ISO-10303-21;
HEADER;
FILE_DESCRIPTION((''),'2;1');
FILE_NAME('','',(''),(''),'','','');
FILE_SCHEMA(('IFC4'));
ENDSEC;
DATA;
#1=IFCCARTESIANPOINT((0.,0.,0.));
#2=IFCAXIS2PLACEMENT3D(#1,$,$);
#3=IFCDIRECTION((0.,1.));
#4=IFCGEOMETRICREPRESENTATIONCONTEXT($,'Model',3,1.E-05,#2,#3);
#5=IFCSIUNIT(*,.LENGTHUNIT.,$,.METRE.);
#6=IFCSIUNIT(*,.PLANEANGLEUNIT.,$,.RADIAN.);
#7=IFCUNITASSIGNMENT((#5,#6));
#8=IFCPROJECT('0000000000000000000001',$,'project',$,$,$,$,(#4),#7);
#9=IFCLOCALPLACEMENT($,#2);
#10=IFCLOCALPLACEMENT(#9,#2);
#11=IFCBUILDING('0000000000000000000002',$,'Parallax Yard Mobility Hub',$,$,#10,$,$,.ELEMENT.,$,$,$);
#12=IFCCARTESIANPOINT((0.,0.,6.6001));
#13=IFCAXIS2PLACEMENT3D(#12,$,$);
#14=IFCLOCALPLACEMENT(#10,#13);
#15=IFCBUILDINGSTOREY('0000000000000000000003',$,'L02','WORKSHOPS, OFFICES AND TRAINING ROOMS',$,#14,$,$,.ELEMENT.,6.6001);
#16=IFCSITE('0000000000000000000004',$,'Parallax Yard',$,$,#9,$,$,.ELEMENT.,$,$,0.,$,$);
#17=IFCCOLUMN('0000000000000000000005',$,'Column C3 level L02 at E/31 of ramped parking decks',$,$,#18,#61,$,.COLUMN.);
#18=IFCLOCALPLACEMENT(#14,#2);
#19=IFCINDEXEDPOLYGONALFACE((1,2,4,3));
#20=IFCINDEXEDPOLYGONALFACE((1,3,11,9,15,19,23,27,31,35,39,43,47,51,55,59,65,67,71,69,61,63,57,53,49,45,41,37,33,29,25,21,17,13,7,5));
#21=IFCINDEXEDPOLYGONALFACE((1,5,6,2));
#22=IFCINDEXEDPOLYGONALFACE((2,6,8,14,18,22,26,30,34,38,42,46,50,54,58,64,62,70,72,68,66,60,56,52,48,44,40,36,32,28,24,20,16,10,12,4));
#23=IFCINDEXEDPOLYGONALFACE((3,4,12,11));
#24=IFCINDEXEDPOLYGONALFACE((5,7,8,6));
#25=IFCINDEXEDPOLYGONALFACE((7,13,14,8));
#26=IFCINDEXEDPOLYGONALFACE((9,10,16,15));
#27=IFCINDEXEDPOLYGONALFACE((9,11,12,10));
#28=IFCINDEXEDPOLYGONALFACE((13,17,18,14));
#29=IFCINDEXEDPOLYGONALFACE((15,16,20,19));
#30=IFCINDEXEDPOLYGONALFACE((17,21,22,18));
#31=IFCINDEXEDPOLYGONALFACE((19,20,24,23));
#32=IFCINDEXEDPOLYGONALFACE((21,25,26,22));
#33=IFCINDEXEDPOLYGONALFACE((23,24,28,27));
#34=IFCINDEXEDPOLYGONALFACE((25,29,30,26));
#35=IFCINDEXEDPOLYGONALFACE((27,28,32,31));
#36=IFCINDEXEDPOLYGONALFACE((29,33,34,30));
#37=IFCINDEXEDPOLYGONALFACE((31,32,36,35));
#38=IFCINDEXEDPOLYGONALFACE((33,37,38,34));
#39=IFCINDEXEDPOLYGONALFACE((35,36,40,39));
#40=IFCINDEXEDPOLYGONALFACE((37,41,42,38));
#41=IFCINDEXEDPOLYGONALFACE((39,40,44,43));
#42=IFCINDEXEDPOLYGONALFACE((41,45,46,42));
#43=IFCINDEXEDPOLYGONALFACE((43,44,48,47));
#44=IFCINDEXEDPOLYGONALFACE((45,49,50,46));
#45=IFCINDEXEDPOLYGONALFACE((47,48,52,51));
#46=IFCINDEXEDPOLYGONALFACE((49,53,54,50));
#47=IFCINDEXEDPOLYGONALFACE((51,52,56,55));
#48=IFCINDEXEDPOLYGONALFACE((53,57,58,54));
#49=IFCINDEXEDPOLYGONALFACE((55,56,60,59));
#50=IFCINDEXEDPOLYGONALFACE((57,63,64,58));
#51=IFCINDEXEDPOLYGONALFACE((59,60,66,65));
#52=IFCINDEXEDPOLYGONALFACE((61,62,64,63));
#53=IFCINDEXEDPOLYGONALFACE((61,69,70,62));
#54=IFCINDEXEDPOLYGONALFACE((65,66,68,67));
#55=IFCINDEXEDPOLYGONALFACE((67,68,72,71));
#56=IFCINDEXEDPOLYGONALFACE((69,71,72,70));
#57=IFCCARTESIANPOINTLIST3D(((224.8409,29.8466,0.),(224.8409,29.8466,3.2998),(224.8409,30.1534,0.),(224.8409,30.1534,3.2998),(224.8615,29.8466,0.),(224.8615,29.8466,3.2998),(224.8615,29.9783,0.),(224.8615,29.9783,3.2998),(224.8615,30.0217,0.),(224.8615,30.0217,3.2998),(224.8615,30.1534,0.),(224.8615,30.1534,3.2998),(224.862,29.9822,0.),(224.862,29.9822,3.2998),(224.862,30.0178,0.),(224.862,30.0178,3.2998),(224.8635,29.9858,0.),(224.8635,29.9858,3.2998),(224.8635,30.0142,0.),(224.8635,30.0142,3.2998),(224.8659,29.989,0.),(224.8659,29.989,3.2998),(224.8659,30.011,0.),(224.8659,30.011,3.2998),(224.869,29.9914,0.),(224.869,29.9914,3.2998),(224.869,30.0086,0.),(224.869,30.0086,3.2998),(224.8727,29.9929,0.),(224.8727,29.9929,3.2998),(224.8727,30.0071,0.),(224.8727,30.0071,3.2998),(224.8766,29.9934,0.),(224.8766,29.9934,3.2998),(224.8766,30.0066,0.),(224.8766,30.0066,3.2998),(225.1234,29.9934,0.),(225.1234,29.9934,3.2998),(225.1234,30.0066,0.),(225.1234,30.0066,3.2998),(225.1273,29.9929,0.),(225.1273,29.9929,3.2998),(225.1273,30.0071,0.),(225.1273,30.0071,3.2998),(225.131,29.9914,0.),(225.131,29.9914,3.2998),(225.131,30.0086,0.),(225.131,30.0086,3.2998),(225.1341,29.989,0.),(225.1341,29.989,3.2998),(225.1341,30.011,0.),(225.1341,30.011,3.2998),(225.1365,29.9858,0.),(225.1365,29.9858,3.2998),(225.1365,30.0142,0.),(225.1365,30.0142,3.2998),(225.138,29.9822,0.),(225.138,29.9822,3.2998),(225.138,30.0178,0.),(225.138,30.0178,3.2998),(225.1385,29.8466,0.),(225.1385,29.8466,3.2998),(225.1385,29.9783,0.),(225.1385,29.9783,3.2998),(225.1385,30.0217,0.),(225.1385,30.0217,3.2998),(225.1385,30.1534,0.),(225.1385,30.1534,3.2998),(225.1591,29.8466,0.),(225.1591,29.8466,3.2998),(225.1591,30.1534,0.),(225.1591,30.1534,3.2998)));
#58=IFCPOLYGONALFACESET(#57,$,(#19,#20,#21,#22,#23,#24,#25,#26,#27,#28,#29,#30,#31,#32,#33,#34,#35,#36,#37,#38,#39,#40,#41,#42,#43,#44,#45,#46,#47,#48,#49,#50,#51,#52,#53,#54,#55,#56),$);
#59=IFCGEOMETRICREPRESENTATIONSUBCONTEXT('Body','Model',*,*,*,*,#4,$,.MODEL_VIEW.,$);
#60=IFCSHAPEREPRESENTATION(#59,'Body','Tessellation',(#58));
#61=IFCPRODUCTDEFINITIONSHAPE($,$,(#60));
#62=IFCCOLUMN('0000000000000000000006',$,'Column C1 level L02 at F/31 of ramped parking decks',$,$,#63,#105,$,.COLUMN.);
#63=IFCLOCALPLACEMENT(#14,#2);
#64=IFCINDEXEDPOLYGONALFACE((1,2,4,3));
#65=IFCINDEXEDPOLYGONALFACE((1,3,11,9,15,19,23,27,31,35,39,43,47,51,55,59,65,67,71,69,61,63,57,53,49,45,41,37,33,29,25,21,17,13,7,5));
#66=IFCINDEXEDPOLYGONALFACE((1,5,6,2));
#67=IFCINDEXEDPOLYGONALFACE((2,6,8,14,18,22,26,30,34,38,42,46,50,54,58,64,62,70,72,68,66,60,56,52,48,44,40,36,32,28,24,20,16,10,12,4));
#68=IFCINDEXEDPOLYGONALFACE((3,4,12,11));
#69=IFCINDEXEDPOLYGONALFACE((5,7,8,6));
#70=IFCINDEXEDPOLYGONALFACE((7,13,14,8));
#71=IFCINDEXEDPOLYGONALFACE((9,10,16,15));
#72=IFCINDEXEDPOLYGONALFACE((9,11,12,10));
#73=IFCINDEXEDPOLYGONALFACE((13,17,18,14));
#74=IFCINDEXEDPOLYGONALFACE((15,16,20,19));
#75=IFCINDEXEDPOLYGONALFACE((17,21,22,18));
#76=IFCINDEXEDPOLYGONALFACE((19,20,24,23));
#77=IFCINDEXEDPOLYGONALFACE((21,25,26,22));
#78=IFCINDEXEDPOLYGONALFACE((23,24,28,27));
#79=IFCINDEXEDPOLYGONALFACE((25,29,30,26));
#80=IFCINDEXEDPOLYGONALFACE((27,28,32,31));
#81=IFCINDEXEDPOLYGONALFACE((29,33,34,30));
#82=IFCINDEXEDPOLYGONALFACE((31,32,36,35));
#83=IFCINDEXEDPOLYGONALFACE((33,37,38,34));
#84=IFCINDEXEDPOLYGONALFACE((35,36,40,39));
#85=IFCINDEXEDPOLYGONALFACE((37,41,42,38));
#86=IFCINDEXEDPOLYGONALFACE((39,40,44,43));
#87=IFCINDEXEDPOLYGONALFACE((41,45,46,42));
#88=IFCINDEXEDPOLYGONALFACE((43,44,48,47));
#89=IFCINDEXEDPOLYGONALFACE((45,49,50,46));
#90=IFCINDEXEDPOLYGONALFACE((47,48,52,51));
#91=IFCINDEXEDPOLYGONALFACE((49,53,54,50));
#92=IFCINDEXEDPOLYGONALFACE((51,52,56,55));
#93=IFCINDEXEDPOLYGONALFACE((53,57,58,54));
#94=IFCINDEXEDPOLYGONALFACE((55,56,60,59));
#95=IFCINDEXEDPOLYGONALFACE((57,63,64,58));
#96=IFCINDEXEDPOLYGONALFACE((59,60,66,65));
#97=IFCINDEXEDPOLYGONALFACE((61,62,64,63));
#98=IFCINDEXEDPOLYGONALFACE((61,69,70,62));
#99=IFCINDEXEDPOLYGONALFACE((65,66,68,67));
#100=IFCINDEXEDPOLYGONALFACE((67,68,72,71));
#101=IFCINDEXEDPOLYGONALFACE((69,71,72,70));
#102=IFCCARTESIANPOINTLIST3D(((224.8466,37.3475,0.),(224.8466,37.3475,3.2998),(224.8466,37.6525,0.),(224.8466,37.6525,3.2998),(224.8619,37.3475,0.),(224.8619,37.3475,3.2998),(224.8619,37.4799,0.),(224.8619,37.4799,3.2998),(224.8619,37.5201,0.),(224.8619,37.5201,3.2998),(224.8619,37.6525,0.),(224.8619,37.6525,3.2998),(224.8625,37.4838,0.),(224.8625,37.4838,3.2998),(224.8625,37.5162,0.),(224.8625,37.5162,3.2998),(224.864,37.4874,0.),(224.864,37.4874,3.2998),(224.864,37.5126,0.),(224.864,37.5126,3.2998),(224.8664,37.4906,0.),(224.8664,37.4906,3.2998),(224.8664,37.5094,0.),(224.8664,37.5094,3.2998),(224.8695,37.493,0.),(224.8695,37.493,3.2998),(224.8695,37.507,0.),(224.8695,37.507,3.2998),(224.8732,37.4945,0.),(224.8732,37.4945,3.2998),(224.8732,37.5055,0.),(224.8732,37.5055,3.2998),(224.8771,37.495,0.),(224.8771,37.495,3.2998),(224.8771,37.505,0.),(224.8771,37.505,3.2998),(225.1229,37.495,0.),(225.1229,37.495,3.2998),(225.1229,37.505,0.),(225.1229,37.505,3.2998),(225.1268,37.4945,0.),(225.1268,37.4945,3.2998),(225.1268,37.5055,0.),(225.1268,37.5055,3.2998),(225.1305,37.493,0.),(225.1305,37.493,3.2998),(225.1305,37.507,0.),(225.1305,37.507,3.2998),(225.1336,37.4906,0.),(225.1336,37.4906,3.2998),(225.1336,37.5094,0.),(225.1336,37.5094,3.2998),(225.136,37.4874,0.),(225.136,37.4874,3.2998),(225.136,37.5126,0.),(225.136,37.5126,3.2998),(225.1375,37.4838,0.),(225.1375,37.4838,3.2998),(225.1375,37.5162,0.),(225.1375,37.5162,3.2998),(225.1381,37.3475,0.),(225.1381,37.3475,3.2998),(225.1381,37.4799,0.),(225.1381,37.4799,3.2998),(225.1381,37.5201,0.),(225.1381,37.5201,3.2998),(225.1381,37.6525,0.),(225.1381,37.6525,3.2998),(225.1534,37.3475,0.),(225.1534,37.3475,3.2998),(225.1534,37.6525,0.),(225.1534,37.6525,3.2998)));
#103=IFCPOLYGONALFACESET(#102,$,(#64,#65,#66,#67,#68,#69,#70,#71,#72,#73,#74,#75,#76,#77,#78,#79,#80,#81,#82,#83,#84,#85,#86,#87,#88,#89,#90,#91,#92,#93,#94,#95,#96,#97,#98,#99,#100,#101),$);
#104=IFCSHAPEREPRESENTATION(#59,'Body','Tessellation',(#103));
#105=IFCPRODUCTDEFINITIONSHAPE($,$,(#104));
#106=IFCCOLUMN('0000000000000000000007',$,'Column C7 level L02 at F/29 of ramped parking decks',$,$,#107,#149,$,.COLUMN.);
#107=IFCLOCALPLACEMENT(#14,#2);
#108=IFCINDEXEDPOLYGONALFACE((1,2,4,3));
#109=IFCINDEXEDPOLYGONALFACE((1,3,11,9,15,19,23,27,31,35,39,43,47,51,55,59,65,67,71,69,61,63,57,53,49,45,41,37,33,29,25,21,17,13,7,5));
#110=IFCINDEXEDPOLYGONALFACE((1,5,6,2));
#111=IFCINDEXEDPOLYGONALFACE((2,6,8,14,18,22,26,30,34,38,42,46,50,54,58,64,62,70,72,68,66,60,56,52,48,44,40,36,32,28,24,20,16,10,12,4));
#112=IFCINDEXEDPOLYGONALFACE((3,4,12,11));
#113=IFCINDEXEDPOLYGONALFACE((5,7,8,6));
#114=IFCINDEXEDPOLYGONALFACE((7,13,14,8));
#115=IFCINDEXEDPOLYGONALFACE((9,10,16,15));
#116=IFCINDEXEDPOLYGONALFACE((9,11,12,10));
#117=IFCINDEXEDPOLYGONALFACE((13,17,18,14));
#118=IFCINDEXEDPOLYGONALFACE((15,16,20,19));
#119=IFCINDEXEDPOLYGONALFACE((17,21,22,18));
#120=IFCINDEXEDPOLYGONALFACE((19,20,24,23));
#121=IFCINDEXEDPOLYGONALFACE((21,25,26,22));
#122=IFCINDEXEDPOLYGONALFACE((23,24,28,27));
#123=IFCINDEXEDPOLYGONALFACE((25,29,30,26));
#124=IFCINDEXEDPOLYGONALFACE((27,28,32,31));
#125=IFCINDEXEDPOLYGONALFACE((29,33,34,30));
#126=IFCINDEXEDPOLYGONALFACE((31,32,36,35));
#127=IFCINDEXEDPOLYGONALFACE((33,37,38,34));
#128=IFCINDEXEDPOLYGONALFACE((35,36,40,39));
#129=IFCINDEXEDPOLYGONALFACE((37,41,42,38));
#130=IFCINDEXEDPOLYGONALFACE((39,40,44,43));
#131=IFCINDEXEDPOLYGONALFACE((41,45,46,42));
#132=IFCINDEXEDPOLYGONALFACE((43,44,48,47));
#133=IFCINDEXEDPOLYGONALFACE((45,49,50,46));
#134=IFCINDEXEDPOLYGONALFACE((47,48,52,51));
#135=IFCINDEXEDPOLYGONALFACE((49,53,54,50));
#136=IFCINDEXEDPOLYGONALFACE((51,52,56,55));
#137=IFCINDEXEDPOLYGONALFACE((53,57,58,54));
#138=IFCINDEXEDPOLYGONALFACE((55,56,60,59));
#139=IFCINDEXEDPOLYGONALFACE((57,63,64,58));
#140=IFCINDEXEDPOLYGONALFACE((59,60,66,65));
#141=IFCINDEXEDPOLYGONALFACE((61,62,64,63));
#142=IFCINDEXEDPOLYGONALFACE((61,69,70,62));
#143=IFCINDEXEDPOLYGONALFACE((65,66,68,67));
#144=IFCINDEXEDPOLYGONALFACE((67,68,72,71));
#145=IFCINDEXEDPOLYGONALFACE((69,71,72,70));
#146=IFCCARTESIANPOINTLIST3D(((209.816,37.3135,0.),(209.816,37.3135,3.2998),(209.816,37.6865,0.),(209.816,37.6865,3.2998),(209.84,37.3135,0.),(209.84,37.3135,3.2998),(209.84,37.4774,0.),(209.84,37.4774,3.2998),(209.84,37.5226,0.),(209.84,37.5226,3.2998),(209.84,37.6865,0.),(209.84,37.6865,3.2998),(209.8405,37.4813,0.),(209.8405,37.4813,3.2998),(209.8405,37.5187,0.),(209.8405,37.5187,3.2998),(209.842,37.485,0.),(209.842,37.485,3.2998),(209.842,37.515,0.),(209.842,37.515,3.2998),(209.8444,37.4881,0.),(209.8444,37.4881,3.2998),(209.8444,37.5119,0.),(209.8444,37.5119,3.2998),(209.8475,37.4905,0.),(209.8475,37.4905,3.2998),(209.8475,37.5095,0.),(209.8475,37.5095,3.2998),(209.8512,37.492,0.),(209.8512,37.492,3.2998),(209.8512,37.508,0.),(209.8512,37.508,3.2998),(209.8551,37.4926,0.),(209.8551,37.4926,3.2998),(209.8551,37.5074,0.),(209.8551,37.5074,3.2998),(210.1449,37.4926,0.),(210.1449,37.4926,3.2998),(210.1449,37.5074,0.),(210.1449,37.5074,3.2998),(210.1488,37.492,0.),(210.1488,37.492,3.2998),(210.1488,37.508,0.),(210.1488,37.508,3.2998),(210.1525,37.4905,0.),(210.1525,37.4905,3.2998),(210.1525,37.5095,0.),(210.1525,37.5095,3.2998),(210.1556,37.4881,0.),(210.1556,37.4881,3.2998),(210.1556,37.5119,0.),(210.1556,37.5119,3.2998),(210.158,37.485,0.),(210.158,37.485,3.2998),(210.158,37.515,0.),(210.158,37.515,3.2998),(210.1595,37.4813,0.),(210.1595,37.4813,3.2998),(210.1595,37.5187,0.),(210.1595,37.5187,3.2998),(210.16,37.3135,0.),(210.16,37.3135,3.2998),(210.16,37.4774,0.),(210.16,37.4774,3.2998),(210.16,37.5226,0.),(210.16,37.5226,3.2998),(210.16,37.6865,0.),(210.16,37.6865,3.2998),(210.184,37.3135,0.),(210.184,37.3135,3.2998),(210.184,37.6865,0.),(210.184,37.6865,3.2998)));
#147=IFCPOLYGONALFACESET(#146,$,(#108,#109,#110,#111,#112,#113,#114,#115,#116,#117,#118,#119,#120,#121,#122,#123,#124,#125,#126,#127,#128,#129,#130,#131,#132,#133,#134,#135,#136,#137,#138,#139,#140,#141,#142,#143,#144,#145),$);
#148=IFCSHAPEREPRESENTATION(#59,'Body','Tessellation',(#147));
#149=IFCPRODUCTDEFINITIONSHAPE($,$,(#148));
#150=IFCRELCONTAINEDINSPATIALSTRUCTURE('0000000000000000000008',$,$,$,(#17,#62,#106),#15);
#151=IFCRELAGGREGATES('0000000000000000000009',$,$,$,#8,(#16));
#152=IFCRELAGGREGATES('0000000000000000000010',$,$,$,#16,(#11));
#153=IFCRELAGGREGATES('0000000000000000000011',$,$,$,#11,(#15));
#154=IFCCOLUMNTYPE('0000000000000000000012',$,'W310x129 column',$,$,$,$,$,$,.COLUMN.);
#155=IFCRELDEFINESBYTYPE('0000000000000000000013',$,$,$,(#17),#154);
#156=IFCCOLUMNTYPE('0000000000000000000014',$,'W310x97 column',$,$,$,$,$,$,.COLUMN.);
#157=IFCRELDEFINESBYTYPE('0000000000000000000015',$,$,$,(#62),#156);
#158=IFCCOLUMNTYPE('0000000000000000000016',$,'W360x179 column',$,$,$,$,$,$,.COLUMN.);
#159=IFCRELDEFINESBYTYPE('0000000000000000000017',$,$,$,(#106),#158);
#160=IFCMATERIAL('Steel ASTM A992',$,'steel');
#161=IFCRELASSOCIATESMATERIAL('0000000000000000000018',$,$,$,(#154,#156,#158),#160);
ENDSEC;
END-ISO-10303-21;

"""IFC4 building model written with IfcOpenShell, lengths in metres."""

from ifc_helpers import new_model, si_unit, direction, frame, origin, origin_2d, place, context, subcontext, project, spatial, i_section, extrude, material, material_profile, profile_set, type_object, element, save


model = new_model("IFC4")

# Units and contexts
model_context = context("Model", 3, precision=1e-05, world=origin(), true_north=direction((0.0, 1.0)))
body_context = subcontext(model_context, "Body", "Model", "MODEL_VIEW")
ifc_project = project(units=[si_unit("LENGTHUNIT", "METRE"), si_unit("PLANEANGLEUNIT", "RADIAN")], contexts=[model_context])

# Site, building, storey
site_placement = place(None, origin())
site = spatial("IfcSite", under=ifc_project, at=site_placement, Name="Parallax Yard", CompositionType="ELEMENT", RefElevation=0.0)
building_placement = place(site_placement, origin())
building = spatial("IfcBuilding", under=site, at=building_placement, Name="Parallax Yard Mobility Hub", CompositionType="ELEMENT")
storey_placement = place(building_placement, frame((0.0, 0.0, 6.6001)))
storey = spatial("IfcBuildingStorey", under=building, at=storey_placement, Name="L02", Description="WORKSHOPS, OFFICES AND TRAINING ROOMS", CompositionType="ELEMENT", Elevation=6.6001)

# Columns
ifc_material_1 = material(Name="Steel ASTM A992", Category="steel")
ifc_material_profile_1 = material_profile(ifc_material_1, i_section(OverallWidth=0.3069, OverallDepth=0.3181, WebThickness=0.0132, FlangeThickness=0.0205, FilletRadius=0.0151, at=origin_2d()), Name="W310x129")
ifc_profile_set_1 = profile_set([ifc_material_profile_1], Name="Steel ASTM A992")
column_type_1 = type_object("IfcColumnType", Name="W310x129 column", PredefinedType="COLUMN", material=ifc_profile_set_1)
column_1_placement = place(storey_placement, frame((225.0, 30.0, 0.0), z_axis=(0.0, 0.0, 1.0), x_axis=(0.0, 1.0, 0.0)))
element("IfcColumn", 1, at=column_1_placement, inside=storey, type_object=column_type_1, Name="Column C3 level L02 at E/31 of ramped parking decks", PredefinedType="COLUMN", context=body_context, shape_type="SweptSolid", body=[
    extrude(i_section(OverallWidth=0.3069, OverallDepth=0.3181, WebThickness=0.0132, FlangeThickness=0.0205, FilletRadius=0.0151, at=origin_2d()), origin(), (0.0, 0.0, 1.0), 3.2998),
])
ifc_material_profile_2 = material_profile(ifc_material_1, i_section(OverallWidth=0.3049, OverallDepth=0.3069, WebThickness=0.01, FlangeThickness=0.0154, FilletRadius=0.0151, at=origin_2d()), Name="W310x97")
ifc_profile_set_2 = profile_set([ifc_material_profile_2], Name="Steel ASTM A992")
column_type_2 = type_object("IfcColumnType", Name="W310x97 column", PredefinedType="COLUMN", material=ifc_profile_set_2)
column_2_placement = place(storey_placement, frame((225.0, 37.5, 0.0), z_axis=(0.0, 0.0, 1.0), x_axis=(0.0, 1.0, 0.0)))
element("IfcColumn", 2, at=column_2_placement, inside=storey, type_object=column_type_2, Name="Column C1 level L02 at F/31 of ramped parking decks", PredefinedType="COLUMN", context=body_context, shape_type="SweptSolid", body=[
    extrude(i_section(OverallWidth=0.3049, OverallDepth=0.3069, WebThickness=0.01, FlangeThickness=0.0154, FilletRadius=0.0151, at=origin_2d()), origin(), (0.0, 0.0, 1.0), 3.2998),
])
ifc_material_profile_3 = material_profile(ifc_material_1, i_section(OverallWidth=0.373, OverallDepth=0.3679, WebThickness=0.0149, FlangeThickness=0.0239, FilletRadius=0.0151, at=origin_2d()), Name="W360x179")
ifc_profile_set_3 = profile_set([ifc_material_profile_3], Name="Steel ASTM A992")
column_type_3 = type_object("IfcColumnType", Name="W360x179 column", PredefinedType="COLUMN", material=ifc_profile_set_3)
column_3_placement = place(storey_placement, frame((210.0, 37.5, 0.0), z_axis=(0.0, 0.0, 1.0), x_axis=(0.0, 1.0, 0.0)))
element("IfcColumn", 3, at=column_3_placement, inside=storey, type_object=column_type_3, Name="Column C7 level L02 at F/29 of ramped parking decks", PredefinedType="COLUMN", context=body_context, shape_type="SweptSolid", body=[
    extrude(i_section(OverallWidth=0.373, OverallDepth=0.3679, WebThickness=0.0149, FlangeThickness=0.0239, FilletRadius=0.0151, at=origin_2d()), origin(), (0.0, 0.0, 1.0), 3.2998),
])

save(model, "model.ifc")
